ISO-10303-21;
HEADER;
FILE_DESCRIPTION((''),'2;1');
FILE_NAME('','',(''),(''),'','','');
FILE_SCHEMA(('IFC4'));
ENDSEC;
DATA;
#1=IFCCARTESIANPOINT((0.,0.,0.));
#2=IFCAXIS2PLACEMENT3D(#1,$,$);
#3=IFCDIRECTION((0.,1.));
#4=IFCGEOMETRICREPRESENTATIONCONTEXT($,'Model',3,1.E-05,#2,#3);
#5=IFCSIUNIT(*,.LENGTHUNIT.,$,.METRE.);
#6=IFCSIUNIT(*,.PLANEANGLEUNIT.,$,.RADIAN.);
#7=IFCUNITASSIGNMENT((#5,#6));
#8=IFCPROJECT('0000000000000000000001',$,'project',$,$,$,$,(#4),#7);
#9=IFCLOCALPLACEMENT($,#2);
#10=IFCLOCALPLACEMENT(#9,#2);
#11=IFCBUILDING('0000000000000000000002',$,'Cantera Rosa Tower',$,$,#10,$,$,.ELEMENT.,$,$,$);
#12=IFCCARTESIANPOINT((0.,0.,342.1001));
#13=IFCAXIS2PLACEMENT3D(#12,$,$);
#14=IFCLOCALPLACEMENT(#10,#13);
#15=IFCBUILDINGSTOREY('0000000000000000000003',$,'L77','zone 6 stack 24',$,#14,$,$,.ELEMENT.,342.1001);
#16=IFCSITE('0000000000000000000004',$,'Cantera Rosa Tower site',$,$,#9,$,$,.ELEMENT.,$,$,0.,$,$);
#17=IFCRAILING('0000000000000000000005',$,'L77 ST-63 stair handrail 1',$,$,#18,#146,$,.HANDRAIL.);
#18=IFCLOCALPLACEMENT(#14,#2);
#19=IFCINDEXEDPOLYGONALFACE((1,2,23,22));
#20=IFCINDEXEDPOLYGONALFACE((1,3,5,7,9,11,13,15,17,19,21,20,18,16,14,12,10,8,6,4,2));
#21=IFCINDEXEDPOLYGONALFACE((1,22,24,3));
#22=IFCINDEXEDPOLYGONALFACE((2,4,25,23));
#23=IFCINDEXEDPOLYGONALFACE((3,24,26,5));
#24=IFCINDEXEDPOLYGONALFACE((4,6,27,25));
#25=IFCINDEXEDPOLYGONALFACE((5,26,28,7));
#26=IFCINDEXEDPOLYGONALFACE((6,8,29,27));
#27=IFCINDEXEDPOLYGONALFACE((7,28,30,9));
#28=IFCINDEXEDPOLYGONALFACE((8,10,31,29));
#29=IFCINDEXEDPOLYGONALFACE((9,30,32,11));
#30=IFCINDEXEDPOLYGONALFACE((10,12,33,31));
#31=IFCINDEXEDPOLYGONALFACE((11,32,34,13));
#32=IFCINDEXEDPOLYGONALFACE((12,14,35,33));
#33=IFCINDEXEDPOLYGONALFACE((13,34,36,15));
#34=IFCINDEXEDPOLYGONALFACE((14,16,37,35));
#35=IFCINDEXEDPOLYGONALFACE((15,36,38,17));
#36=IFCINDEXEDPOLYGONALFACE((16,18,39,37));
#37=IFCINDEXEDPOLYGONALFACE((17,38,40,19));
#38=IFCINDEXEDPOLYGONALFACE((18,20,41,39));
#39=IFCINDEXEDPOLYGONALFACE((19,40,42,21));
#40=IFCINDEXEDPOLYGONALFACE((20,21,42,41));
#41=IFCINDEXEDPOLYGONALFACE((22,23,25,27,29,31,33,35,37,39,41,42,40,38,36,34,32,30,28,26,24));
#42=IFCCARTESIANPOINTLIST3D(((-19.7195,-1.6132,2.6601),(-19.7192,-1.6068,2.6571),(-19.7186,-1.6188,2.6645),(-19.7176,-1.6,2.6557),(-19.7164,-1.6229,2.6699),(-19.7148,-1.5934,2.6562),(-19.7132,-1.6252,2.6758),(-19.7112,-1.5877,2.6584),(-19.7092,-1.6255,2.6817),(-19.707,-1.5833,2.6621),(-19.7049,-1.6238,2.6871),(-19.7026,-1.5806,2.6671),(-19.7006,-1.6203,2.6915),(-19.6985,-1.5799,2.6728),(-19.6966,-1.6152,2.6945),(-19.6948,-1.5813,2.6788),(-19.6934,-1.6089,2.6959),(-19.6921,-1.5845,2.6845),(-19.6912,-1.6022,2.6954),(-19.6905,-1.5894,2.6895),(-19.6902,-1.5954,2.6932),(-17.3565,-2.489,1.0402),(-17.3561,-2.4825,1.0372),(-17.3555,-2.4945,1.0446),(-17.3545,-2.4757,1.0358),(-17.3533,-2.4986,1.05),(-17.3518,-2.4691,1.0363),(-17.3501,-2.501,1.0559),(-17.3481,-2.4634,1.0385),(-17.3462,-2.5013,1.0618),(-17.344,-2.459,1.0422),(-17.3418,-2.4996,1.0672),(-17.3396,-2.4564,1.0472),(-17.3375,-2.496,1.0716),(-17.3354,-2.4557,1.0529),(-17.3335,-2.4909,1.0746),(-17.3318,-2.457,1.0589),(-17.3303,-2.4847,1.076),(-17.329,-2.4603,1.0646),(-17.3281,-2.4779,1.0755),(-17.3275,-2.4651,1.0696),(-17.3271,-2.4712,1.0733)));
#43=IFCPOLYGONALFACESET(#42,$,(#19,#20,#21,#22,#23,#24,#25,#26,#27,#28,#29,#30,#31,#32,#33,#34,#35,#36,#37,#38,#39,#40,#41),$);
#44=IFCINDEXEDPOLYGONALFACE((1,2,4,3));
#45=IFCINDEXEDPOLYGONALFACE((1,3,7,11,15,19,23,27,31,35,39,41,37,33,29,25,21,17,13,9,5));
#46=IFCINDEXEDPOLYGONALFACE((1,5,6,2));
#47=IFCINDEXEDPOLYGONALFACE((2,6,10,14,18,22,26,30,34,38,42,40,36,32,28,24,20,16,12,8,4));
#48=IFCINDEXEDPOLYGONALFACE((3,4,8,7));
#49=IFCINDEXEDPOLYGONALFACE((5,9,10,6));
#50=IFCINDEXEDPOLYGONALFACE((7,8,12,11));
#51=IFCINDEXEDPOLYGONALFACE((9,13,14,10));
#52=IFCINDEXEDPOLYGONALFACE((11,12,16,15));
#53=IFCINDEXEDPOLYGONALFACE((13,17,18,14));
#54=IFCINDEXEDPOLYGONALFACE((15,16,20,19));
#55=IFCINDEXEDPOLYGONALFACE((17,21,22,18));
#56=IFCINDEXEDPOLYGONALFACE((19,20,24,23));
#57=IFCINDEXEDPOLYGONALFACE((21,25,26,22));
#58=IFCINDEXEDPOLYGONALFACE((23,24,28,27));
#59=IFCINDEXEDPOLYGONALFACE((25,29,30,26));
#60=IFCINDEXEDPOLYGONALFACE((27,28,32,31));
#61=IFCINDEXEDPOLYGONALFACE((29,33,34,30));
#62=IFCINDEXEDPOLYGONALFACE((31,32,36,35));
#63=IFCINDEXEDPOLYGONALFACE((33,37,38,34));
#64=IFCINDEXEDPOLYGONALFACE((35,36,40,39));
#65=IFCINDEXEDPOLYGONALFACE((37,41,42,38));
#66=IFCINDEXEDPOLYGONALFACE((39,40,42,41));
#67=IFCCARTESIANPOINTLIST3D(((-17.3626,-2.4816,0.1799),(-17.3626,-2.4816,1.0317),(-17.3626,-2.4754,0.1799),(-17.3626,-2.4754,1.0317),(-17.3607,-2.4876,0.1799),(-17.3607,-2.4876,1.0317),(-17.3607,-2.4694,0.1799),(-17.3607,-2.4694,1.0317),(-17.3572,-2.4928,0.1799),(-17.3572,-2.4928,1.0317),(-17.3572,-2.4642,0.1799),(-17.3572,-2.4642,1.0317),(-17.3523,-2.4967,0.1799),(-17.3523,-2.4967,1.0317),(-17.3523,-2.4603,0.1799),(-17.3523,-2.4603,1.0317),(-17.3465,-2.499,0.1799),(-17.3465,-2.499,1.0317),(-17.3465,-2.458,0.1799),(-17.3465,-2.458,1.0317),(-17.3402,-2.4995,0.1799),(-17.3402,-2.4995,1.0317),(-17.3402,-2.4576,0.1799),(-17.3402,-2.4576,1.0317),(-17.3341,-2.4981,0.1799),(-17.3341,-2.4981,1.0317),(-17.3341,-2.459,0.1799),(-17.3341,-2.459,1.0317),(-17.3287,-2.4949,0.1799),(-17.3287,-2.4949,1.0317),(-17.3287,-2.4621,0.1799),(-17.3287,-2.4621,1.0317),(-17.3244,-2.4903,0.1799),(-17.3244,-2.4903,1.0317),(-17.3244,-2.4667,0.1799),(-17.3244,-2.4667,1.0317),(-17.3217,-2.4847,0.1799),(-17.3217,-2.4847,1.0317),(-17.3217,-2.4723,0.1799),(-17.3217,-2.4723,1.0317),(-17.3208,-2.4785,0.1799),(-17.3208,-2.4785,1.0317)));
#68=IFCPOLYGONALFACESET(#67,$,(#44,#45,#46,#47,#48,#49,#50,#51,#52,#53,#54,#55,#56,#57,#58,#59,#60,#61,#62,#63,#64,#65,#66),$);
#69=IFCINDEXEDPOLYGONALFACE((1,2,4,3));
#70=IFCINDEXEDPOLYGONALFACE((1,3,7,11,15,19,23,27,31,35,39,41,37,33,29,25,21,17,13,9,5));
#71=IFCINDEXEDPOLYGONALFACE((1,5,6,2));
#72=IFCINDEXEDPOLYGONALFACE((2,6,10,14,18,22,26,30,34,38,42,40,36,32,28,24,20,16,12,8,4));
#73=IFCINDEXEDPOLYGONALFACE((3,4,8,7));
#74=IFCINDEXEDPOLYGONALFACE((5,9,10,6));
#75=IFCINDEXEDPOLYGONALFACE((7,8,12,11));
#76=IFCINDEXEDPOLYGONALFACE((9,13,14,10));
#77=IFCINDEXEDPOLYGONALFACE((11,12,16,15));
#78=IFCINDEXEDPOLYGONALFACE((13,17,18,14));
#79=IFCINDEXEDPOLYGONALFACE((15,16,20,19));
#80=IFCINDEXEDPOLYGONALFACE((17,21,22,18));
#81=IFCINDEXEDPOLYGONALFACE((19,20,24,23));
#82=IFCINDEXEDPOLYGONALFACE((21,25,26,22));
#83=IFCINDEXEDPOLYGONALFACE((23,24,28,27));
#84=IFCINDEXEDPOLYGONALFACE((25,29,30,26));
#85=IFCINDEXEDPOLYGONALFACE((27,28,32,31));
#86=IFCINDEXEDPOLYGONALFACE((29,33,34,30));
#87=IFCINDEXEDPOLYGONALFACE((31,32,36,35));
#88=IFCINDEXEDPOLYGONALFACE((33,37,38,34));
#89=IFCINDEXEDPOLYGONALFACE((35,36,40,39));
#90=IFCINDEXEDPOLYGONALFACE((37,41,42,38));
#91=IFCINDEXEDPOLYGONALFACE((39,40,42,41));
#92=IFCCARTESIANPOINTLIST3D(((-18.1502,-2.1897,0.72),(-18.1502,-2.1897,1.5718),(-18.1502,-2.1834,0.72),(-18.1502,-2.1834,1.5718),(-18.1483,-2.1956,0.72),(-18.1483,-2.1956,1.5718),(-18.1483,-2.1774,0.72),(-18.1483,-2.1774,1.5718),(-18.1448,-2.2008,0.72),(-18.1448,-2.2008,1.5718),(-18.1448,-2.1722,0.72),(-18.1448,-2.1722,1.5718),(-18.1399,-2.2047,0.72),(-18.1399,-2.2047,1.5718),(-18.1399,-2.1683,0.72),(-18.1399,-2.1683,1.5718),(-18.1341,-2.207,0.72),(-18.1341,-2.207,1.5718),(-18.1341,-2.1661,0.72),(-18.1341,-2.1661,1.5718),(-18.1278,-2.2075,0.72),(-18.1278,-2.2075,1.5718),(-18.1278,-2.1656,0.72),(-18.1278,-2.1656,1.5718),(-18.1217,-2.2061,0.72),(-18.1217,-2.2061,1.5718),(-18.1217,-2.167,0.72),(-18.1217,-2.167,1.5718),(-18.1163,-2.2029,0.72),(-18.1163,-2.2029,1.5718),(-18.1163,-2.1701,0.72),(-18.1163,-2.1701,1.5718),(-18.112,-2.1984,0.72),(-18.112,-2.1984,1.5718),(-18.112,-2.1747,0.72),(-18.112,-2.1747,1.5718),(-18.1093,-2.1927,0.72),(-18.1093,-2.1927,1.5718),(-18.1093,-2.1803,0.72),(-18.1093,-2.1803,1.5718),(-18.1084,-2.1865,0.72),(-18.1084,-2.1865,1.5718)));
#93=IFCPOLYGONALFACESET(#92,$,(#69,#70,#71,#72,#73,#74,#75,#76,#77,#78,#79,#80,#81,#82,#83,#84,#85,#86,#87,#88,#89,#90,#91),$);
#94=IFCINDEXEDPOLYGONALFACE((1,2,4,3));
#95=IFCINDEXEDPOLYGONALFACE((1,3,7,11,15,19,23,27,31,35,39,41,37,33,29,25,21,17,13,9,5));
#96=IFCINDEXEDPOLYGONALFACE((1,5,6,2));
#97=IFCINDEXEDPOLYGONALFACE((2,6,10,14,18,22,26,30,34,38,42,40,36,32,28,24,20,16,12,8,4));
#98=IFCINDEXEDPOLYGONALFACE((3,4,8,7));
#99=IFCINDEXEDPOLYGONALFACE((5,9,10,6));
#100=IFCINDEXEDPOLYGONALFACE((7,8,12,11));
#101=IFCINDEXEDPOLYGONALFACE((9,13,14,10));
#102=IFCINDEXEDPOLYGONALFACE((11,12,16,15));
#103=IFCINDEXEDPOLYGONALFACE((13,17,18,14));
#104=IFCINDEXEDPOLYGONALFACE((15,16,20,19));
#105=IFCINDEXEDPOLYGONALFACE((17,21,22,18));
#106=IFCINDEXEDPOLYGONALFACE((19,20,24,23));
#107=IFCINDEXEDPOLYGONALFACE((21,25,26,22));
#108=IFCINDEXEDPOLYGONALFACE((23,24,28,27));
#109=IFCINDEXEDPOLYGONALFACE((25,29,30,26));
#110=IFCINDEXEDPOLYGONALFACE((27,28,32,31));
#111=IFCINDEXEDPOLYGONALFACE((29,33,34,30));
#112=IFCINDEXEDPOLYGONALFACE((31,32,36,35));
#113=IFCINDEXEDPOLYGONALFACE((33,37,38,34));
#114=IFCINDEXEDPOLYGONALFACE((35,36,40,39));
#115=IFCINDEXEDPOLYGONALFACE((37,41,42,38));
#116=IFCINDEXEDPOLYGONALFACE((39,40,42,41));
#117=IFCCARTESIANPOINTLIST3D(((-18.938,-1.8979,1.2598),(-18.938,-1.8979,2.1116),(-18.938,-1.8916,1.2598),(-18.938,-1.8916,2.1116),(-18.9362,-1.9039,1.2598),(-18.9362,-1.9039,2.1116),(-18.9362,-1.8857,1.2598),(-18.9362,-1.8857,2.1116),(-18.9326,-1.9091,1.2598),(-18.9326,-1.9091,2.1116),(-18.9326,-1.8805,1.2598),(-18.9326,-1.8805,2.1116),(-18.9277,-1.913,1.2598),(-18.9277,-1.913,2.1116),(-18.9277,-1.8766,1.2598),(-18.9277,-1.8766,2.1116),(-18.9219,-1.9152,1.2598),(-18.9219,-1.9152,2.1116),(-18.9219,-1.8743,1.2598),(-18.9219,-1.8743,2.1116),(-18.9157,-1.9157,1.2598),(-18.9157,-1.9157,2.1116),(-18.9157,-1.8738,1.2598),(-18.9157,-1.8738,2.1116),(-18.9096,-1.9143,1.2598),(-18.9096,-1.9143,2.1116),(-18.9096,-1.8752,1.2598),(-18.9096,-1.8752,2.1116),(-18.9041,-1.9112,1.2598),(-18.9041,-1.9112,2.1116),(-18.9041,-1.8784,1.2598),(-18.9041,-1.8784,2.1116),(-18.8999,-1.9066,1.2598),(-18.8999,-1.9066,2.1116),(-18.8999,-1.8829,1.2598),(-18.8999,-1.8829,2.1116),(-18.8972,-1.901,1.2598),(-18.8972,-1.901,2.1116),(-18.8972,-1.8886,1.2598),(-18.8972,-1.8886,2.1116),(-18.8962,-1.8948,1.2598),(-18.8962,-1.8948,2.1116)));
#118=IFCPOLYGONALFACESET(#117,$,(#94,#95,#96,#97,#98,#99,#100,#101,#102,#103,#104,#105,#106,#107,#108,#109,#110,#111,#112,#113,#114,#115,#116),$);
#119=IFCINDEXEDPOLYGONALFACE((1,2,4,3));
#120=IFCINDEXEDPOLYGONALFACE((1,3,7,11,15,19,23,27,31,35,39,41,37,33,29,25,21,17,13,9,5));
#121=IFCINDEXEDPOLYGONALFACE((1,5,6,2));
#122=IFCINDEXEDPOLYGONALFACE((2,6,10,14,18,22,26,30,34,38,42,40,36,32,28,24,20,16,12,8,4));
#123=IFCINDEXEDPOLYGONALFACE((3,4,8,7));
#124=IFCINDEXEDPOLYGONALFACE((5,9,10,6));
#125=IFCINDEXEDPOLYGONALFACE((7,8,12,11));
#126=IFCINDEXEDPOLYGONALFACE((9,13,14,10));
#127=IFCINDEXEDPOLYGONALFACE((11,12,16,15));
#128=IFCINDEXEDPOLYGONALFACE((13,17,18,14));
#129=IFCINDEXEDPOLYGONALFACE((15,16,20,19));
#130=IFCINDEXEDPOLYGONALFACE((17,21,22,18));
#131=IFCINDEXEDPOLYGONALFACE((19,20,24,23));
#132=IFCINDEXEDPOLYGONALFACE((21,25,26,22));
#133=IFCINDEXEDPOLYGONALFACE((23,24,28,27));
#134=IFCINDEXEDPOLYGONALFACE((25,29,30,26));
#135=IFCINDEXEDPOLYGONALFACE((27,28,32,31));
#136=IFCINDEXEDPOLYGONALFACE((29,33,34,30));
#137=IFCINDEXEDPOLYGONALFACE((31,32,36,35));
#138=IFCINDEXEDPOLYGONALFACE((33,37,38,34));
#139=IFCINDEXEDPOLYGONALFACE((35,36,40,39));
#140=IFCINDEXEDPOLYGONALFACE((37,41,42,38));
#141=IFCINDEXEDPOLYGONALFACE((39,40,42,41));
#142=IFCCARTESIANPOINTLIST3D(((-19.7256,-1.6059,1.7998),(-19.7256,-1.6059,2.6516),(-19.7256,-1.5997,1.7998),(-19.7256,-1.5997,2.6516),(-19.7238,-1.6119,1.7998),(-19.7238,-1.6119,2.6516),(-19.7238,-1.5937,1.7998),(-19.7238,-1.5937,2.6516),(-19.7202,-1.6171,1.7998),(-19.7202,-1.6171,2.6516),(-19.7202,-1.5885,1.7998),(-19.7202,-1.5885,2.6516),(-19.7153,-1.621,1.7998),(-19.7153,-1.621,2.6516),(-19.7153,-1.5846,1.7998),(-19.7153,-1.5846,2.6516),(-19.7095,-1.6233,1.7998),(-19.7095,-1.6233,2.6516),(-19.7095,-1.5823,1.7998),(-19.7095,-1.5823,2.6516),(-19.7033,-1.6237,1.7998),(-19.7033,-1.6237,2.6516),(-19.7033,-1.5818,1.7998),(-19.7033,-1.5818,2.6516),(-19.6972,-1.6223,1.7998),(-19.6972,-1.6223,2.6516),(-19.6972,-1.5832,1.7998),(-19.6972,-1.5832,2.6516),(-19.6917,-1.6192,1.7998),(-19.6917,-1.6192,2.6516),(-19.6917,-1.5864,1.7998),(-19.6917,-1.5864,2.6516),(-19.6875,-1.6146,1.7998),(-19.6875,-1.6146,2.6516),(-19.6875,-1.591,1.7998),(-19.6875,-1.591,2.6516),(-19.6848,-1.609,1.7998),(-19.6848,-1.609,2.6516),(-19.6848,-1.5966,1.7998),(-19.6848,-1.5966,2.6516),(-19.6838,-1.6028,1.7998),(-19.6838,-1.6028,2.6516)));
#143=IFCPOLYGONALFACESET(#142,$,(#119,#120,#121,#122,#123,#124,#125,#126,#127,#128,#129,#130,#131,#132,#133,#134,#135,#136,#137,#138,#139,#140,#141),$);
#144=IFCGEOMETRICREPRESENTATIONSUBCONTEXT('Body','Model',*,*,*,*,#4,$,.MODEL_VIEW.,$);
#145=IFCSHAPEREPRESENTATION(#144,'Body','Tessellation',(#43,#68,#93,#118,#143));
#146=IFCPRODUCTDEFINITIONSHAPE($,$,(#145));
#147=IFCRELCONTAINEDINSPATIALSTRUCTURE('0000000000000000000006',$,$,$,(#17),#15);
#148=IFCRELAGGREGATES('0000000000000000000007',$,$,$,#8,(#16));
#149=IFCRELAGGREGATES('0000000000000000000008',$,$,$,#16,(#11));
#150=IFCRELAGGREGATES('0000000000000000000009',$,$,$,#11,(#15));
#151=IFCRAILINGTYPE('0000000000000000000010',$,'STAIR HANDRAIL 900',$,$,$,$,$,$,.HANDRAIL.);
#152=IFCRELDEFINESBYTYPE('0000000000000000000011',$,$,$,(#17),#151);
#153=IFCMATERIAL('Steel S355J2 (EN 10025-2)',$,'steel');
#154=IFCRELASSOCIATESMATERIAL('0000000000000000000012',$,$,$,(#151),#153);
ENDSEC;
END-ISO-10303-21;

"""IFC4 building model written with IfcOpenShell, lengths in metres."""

from ifc_helpers import new_model, si_unit, direction, frame, origin, origin_2d, place, context, subcontext, project, spatial, circle, extrude, material, type_object, element, save


model = new_model("IFC4")

# Units and contexts
model_context = context("Model", 3, precision=1e-05, world=origin(), true_north=direction((0.0, 1.0)))
body_context = subcontext(model_context, "Body", "Model", "MODEL_VIEW")
ifc_project = project(units=[si_unit("LENGTHUNIT", "METRE"), si_unit("PLANEANGLEUNIT", "RADIAN")], contexts=[model_context])

# Site, building, storey
site_placement = place(None, origin())
site = spatial("IfcSite", under=ifc_project, at=site_placement, Name="Cantera Rosa Tower site", CompositionType="ELEMENT", RefElevation=0.0)
building_placement = place(site_placement, origin())
building = spatial("IfcBuilding", under=site, at=building_placement, Name="Cantera Rosa Tower", CompositionType="ELEMENT")
storey_placement = place(building_placement, frame((0.0, 0.0, 342.1001)))
storey = spatial("IfcBuildingStorey", under=building, at=storey_placement, Name="L77", Description="zone 6 stack 24", CompositionType="ELEMENT", Elevation=342.1001)

# Railing
ifc_material_1 = material(Name="Steel S355J2 (EN 10025-2)", Category="steel")
railing_type_1 = type_object("IfcRailingType", Name="STAIR HANDRAIL 900", PredefinedType="HANDRAIL", material=ifc_material_1)
railing_1_placement = place(storey_placement, frame((-17.3418, -2.4785, 0.1799)))
element("IfcRailing", 1, at=railing_1_placement, inside=storey, type_object=railing_type_1, Name="L77 ST-63 stair handrail 1", PredefinedType="HANDRAIL", context=body_context, shape_type="SweptSolid", body=[
    extrude(circle(Radius=0.0239, at=origin_2d()), frame((0.0, 0.0, 0.876), z_axis=(-0.788782, 0.29232, 0.540714), x_axis=(-0.347501, -0.93768, 0.0)), (0.0, 0.0, 1.0), 2.9958),
    extrude(circle(Radius=0.021, at=origin_2d()), origin(), (0.0, 0.0, 1.0), 0.8518),
    extrude(circle(Radius=0.021, at=origin_2d()), frame((-0.7876, 0.292, 0.54)), (0.0, 0.0, 1.0), 0.8518),
    extrude(circle(Radius=0.021, at=origin_2d()), frame((-1.5754, 0.5837, 1.0798)), (0.0, 0.0, 1.0), 0.8518),
    extrude(circle(Radius=0.021, at=origin_2d()), frame((-2.363, 0.8757, 1.6199)), (0.0, 0.0, 1.0), 0.8518),
])

save(model, "model.ifc")
